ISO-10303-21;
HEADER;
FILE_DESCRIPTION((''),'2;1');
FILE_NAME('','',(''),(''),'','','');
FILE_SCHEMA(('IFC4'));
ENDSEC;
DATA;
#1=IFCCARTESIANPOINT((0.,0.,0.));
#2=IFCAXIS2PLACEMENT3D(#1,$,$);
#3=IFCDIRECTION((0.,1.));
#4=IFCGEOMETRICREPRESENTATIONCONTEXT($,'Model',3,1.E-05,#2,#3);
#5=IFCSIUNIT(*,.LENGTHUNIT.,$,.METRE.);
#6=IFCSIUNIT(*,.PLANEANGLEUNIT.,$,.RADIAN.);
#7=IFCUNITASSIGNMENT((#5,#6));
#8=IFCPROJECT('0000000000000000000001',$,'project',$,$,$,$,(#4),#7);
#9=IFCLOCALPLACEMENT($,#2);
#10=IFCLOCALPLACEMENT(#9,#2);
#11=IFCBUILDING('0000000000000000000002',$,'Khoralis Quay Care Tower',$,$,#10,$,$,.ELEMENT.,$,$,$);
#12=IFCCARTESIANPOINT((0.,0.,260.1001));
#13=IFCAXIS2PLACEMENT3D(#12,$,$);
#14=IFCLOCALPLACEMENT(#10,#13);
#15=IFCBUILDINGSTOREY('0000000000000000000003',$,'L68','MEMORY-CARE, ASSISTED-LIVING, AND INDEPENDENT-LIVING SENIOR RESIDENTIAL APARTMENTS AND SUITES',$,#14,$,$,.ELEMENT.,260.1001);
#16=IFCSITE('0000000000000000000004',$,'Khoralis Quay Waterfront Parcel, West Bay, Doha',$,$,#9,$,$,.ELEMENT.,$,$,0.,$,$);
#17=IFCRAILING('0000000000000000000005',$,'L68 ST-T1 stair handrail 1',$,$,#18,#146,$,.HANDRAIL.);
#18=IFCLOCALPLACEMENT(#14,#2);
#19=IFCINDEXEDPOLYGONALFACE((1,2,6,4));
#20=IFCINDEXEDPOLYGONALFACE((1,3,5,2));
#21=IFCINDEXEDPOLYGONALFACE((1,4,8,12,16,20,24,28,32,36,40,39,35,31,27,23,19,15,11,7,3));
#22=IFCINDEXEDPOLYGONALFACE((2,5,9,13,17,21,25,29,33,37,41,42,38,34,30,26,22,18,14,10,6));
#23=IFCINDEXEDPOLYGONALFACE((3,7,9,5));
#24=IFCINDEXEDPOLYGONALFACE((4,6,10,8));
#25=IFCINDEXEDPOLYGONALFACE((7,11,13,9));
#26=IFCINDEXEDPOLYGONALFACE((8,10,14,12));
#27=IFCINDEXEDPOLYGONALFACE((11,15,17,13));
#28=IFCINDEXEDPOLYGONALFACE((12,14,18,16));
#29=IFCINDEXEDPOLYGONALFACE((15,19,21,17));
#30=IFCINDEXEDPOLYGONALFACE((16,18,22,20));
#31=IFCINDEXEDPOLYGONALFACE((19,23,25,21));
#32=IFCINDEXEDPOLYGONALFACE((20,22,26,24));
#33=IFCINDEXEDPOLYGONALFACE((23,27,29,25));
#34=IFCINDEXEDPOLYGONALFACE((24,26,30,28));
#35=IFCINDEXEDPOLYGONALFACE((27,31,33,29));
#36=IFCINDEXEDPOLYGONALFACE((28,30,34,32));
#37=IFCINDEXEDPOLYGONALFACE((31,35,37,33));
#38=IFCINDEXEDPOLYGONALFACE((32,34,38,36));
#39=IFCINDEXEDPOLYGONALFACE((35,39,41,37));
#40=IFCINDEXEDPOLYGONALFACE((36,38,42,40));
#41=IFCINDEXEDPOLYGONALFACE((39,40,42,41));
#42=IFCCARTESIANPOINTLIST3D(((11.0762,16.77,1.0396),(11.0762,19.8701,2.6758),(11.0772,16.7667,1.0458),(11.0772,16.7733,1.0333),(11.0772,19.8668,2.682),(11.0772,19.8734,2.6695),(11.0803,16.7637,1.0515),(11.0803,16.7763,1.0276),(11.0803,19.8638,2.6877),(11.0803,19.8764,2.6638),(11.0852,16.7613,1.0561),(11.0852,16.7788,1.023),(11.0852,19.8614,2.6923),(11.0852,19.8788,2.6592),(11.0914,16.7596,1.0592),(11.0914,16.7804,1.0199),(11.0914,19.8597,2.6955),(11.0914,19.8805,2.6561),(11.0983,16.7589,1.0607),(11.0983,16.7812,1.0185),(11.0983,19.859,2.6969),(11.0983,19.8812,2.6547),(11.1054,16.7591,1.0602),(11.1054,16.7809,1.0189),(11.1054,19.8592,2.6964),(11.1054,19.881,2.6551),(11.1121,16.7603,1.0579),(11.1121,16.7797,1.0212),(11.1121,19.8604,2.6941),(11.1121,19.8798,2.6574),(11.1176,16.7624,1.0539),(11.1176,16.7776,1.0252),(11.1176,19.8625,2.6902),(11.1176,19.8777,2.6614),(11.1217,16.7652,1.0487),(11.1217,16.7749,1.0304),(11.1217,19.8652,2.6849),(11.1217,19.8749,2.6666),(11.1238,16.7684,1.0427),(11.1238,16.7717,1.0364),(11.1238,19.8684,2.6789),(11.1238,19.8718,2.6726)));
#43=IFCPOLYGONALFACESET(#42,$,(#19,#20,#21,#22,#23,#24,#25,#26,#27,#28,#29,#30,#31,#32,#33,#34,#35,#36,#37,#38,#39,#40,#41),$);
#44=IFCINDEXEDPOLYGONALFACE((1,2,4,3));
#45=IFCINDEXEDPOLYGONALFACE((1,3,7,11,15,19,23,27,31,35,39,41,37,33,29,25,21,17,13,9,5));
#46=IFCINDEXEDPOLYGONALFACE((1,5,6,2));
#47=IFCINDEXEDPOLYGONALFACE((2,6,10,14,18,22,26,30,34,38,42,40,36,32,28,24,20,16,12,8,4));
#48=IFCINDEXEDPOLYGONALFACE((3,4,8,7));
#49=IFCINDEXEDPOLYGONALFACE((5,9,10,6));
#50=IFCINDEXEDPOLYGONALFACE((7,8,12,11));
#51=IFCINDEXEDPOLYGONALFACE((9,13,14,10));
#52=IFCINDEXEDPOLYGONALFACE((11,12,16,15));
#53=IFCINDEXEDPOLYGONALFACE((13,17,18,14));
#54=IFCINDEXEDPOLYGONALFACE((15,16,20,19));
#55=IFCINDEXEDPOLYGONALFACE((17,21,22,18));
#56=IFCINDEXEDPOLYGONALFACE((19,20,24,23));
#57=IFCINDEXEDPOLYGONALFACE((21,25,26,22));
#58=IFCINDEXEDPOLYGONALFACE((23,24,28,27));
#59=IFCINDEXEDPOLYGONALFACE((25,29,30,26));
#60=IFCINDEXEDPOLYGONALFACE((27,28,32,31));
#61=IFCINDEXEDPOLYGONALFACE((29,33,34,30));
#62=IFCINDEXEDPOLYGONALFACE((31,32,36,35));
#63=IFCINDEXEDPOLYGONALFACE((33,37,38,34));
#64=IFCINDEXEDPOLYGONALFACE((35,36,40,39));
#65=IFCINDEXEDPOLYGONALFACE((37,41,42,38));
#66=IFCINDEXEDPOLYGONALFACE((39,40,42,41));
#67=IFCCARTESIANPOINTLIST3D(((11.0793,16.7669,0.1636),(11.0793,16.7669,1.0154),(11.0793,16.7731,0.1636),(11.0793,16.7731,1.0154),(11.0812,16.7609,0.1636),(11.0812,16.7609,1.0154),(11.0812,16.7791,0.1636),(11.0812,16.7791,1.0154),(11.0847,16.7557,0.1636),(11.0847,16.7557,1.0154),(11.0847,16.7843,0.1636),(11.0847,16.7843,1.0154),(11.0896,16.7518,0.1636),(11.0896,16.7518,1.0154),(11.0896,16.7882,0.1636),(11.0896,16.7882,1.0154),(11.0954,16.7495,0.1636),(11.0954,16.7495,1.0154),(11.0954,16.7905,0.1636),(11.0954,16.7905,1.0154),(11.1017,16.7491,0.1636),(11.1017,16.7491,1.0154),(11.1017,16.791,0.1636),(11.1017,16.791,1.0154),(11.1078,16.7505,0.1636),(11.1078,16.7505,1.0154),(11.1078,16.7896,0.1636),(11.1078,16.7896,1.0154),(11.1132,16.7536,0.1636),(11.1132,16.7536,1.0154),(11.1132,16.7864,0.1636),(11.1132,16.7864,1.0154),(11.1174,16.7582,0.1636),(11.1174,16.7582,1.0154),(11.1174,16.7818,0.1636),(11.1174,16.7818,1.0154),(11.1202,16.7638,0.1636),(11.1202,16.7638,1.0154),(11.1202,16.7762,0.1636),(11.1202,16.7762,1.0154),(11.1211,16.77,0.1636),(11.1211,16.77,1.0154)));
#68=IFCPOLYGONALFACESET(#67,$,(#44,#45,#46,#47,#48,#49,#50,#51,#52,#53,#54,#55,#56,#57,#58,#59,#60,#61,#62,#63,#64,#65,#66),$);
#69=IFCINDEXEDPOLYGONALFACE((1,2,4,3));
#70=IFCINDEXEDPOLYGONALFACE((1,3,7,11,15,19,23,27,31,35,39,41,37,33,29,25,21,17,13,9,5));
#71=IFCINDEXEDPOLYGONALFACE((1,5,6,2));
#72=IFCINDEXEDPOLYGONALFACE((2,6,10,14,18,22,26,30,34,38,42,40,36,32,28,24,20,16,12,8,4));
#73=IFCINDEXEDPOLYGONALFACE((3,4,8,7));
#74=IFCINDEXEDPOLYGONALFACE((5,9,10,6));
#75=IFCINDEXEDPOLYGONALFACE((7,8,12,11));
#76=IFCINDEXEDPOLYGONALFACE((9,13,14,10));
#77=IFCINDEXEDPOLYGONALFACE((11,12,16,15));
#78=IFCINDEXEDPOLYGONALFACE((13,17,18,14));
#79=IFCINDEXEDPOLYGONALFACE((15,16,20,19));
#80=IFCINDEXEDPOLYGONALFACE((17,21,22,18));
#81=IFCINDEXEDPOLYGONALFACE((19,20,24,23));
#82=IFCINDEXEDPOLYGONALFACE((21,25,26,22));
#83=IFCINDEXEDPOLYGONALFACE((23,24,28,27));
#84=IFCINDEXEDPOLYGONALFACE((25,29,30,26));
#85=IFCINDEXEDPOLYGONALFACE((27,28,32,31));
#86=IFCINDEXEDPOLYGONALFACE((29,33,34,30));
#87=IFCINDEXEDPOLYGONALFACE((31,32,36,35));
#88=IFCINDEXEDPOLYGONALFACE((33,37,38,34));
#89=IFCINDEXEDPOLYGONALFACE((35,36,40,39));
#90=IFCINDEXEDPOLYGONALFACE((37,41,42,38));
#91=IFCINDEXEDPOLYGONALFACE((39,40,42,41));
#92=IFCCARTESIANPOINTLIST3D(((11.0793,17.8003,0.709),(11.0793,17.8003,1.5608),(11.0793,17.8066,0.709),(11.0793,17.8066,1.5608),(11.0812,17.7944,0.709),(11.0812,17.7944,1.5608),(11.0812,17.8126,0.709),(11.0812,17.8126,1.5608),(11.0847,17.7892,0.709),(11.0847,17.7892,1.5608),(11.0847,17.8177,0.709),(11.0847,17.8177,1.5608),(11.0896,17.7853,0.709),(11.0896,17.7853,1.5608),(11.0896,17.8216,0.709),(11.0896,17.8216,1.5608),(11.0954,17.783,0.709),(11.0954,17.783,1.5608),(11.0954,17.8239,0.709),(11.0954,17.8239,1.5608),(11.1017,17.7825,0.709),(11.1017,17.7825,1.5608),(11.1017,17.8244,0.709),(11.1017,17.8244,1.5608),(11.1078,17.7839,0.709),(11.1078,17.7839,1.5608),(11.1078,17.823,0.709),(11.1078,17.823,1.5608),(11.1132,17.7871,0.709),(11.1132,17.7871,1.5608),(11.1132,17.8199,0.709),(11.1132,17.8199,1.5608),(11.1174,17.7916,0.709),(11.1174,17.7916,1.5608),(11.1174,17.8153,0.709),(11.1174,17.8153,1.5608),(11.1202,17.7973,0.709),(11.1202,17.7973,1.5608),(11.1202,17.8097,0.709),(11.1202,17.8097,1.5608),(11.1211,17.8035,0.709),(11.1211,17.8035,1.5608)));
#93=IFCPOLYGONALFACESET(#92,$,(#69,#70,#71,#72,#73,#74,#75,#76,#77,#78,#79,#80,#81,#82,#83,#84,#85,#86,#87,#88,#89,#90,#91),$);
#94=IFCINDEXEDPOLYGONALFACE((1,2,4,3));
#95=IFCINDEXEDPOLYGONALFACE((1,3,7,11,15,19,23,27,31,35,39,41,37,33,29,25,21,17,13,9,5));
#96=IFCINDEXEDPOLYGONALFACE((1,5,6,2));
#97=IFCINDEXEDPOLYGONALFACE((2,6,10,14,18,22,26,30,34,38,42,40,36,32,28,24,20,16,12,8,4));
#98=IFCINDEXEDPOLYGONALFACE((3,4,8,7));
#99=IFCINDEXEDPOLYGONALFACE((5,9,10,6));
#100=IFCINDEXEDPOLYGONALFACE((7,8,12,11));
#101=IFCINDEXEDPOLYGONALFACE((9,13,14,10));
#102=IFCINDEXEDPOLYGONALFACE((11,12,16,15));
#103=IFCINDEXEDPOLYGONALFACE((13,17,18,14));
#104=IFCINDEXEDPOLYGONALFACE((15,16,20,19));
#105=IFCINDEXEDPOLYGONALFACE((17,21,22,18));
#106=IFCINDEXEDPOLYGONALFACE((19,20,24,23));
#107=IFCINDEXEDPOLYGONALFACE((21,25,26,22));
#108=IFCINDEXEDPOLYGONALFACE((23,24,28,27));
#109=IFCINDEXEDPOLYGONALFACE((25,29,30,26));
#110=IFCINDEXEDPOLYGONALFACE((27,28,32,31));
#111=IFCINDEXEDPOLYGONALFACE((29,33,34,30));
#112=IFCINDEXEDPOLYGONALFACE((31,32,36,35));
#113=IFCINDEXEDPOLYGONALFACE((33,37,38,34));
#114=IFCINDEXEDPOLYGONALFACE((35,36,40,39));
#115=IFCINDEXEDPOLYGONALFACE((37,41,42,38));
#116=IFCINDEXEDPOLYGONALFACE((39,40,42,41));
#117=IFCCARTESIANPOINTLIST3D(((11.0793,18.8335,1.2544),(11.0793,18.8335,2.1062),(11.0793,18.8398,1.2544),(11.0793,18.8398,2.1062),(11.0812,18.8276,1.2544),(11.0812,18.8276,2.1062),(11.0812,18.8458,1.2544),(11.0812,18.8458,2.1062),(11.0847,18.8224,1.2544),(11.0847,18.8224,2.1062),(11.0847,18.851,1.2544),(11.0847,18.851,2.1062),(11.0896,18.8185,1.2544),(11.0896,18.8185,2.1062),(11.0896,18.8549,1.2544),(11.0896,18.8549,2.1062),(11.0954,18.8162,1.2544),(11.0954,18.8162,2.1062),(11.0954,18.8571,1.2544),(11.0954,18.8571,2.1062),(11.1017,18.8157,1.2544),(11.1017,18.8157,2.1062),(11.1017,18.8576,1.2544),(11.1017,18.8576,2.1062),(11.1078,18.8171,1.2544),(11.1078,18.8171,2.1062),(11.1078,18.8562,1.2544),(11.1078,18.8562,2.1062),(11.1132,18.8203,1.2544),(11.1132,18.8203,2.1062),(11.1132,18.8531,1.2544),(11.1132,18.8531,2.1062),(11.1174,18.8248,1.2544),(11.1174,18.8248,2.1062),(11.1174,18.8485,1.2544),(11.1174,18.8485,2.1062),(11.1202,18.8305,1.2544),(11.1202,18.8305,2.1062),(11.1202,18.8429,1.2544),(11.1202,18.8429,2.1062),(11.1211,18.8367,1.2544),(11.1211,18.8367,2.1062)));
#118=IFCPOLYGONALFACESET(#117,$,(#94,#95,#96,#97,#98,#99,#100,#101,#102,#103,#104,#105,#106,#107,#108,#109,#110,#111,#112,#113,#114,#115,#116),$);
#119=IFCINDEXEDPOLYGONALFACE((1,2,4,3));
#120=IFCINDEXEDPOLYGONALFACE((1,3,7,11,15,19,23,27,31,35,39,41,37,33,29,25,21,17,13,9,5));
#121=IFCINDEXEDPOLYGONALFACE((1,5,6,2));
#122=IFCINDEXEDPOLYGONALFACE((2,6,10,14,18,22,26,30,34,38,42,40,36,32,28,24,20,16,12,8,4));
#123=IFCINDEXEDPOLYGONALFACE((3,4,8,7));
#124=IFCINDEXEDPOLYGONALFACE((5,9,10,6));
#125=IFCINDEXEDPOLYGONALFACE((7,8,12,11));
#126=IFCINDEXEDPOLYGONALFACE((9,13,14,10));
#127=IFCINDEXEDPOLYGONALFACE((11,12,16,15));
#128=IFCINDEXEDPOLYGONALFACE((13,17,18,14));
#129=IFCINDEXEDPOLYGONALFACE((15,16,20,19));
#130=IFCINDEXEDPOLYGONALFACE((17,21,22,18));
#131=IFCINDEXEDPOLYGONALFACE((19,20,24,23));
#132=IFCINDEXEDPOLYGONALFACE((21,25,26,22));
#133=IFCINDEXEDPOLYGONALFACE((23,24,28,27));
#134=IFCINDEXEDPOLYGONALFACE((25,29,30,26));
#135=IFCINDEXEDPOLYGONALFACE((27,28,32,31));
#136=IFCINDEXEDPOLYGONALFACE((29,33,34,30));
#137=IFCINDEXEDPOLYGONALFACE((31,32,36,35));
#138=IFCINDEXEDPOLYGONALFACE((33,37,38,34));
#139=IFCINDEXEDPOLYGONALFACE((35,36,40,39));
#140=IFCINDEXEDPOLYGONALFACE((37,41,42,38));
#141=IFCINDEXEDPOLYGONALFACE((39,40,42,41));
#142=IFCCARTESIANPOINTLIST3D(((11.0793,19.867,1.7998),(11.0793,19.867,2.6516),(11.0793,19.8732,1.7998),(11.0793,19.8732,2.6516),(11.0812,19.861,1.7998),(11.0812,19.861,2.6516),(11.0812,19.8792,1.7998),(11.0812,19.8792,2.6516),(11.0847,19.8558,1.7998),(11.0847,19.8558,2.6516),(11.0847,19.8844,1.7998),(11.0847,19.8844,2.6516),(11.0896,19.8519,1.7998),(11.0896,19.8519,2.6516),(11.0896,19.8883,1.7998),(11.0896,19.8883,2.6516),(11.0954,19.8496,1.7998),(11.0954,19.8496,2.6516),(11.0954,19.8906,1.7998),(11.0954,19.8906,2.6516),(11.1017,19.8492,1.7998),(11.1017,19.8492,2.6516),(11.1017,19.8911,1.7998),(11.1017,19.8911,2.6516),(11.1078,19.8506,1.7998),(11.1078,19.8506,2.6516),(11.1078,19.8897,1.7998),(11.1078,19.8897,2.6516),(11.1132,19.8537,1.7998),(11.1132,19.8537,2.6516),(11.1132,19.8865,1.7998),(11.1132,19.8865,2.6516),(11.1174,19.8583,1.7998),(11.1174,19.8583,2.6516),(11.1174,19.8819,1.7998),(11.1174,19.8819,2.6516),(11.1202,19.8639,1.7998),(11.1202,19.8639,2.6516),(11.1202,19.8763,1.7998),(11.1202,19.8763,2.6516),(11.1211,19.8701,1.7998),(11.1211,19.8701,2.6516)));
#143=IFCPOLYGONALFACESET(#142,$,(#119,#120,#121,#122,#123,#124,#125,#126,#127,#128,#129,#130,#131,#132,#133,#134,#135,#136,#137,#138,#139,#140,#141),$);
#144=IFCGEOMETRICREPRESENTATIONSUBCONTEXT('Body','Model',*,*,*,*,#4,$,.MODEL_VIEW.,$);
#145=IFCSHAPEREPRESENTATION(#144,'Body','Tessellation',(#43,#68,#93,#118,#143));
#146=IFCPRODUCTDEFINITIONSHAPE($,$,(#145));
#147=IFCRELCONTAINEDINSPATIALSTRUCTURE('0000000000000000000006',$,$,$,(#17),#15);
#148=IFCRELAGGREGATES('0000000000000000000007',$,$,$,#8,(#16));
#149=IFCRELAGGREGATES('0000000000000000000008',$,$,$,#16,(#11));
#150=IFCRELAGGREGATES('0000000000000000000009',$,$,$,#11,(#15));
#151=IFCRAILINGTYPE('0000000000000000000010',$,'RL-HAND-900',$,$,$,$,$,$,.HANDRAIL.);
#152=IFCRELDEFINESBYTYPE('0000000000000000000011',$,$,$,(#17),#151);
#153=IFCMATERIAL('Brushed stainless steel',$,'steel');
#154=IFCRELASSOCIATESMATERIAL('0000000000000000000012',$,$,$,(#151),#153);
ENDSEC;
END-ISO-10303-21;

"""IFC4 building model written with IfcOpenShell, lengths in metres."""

from ifc_helpers import new_model, si_unit, direction, frame, origin, origin_2d, place, context, subcontext, project, spatial, circle, extrude, material, type_object, element, save


model = new_model("IFC4")

# Units and contexts
model_context = context("Model", 3, precision=1e-05, world=origin(), true_north=direction((0.0, 1.0)))
body_context = subcontext(model_context, "Body", "Model", "MODEL_VIEW")
ifc_project = project(units=[si_unit("LENGTHUNIT", "METRE"), si_unit("PLANEANGLEUNIT", "RADIAN")], contexts=[model_context])

# Site, building, storey
site_placement = place(None, origin())
site = spatial("IfcSite", under=ifc_project, at=site_placement, Name="Khoralis Quay Waterfront Parcel, West Bay, Doha", CompositionType="ELEMENT", RefElevation=0.0)
building_placement = place(site_placement, origin())
building = spatial("IfcBuilding", under=site, at=building_placement, Name="Khoralis Quay Care Tower", CompositionType="ELEMENT")
storey_placement = place(building_placement, frame((0.0, 0.0, 260.1001)))
storey = spatial("IfcBuildingStorey", under=building, at=storey_placement, Name="L68", Description="MEMORY-CARE, ASSISTED-LIVING, AND INDEPENDENT-LIVING SENIOR RESIDENTIAL APARTMENTS AND SUITES", CompositionType="ELEMENT", Elevation=260.1001)

# Railing
ifc_material_1 = material(Name="Brushed stainless steel", Category="steel")
railing_type_1 = type_object("IfcRailingType", Name="RL-HAND-900", PredefinedType="HANDRAIL", material=ifc_material_1)
railing_1_placement = place(storey_placement, frame((11.1001, 16.77, 0.1636)))
element("IfcRailing", 1, at=railing_1_placement, inside=storey, type_object=railing_type_1, Name="L68 ST-T1 stair handrail 1", PredefinedType="HANDRAIL", context=body_context, shape_type="SweptSolid", body=[
    extrude(circle(Radius=0.0239, at=origin_2d()), frame((0.0, 0.0, 0.876), z_axis=(0.0, 0.884377, 0.466774), x_axis=(-1.0, 0.0, 0.0)), (0.0, 0.0, 1.0), 3.5054),
    extrude(circle(Radius=0.021, at=origin_2d()), origin(), (0.0, 0.0, 1.0), 0.8518),
    extrude(circle(Radius=0.021, at=origin_2d()), frame((0.0, 1.0334, 0.5454)), (0.0, 0.0, 1.0), 0.8518),
    extrude(circle(Radius=0.021, at=origin_2d()), frame((0.0, 2.0667, 1.0908)), (0.0, 0.0, 1.0), 0.8518),
    extrude(circle(Radius=0.021, at=origin_2d()), frame((0.0, 3.1001, 1.6362)), (0.0, 0.0, 1.0), 0.8518),
])

save(model, "model.ifc")
